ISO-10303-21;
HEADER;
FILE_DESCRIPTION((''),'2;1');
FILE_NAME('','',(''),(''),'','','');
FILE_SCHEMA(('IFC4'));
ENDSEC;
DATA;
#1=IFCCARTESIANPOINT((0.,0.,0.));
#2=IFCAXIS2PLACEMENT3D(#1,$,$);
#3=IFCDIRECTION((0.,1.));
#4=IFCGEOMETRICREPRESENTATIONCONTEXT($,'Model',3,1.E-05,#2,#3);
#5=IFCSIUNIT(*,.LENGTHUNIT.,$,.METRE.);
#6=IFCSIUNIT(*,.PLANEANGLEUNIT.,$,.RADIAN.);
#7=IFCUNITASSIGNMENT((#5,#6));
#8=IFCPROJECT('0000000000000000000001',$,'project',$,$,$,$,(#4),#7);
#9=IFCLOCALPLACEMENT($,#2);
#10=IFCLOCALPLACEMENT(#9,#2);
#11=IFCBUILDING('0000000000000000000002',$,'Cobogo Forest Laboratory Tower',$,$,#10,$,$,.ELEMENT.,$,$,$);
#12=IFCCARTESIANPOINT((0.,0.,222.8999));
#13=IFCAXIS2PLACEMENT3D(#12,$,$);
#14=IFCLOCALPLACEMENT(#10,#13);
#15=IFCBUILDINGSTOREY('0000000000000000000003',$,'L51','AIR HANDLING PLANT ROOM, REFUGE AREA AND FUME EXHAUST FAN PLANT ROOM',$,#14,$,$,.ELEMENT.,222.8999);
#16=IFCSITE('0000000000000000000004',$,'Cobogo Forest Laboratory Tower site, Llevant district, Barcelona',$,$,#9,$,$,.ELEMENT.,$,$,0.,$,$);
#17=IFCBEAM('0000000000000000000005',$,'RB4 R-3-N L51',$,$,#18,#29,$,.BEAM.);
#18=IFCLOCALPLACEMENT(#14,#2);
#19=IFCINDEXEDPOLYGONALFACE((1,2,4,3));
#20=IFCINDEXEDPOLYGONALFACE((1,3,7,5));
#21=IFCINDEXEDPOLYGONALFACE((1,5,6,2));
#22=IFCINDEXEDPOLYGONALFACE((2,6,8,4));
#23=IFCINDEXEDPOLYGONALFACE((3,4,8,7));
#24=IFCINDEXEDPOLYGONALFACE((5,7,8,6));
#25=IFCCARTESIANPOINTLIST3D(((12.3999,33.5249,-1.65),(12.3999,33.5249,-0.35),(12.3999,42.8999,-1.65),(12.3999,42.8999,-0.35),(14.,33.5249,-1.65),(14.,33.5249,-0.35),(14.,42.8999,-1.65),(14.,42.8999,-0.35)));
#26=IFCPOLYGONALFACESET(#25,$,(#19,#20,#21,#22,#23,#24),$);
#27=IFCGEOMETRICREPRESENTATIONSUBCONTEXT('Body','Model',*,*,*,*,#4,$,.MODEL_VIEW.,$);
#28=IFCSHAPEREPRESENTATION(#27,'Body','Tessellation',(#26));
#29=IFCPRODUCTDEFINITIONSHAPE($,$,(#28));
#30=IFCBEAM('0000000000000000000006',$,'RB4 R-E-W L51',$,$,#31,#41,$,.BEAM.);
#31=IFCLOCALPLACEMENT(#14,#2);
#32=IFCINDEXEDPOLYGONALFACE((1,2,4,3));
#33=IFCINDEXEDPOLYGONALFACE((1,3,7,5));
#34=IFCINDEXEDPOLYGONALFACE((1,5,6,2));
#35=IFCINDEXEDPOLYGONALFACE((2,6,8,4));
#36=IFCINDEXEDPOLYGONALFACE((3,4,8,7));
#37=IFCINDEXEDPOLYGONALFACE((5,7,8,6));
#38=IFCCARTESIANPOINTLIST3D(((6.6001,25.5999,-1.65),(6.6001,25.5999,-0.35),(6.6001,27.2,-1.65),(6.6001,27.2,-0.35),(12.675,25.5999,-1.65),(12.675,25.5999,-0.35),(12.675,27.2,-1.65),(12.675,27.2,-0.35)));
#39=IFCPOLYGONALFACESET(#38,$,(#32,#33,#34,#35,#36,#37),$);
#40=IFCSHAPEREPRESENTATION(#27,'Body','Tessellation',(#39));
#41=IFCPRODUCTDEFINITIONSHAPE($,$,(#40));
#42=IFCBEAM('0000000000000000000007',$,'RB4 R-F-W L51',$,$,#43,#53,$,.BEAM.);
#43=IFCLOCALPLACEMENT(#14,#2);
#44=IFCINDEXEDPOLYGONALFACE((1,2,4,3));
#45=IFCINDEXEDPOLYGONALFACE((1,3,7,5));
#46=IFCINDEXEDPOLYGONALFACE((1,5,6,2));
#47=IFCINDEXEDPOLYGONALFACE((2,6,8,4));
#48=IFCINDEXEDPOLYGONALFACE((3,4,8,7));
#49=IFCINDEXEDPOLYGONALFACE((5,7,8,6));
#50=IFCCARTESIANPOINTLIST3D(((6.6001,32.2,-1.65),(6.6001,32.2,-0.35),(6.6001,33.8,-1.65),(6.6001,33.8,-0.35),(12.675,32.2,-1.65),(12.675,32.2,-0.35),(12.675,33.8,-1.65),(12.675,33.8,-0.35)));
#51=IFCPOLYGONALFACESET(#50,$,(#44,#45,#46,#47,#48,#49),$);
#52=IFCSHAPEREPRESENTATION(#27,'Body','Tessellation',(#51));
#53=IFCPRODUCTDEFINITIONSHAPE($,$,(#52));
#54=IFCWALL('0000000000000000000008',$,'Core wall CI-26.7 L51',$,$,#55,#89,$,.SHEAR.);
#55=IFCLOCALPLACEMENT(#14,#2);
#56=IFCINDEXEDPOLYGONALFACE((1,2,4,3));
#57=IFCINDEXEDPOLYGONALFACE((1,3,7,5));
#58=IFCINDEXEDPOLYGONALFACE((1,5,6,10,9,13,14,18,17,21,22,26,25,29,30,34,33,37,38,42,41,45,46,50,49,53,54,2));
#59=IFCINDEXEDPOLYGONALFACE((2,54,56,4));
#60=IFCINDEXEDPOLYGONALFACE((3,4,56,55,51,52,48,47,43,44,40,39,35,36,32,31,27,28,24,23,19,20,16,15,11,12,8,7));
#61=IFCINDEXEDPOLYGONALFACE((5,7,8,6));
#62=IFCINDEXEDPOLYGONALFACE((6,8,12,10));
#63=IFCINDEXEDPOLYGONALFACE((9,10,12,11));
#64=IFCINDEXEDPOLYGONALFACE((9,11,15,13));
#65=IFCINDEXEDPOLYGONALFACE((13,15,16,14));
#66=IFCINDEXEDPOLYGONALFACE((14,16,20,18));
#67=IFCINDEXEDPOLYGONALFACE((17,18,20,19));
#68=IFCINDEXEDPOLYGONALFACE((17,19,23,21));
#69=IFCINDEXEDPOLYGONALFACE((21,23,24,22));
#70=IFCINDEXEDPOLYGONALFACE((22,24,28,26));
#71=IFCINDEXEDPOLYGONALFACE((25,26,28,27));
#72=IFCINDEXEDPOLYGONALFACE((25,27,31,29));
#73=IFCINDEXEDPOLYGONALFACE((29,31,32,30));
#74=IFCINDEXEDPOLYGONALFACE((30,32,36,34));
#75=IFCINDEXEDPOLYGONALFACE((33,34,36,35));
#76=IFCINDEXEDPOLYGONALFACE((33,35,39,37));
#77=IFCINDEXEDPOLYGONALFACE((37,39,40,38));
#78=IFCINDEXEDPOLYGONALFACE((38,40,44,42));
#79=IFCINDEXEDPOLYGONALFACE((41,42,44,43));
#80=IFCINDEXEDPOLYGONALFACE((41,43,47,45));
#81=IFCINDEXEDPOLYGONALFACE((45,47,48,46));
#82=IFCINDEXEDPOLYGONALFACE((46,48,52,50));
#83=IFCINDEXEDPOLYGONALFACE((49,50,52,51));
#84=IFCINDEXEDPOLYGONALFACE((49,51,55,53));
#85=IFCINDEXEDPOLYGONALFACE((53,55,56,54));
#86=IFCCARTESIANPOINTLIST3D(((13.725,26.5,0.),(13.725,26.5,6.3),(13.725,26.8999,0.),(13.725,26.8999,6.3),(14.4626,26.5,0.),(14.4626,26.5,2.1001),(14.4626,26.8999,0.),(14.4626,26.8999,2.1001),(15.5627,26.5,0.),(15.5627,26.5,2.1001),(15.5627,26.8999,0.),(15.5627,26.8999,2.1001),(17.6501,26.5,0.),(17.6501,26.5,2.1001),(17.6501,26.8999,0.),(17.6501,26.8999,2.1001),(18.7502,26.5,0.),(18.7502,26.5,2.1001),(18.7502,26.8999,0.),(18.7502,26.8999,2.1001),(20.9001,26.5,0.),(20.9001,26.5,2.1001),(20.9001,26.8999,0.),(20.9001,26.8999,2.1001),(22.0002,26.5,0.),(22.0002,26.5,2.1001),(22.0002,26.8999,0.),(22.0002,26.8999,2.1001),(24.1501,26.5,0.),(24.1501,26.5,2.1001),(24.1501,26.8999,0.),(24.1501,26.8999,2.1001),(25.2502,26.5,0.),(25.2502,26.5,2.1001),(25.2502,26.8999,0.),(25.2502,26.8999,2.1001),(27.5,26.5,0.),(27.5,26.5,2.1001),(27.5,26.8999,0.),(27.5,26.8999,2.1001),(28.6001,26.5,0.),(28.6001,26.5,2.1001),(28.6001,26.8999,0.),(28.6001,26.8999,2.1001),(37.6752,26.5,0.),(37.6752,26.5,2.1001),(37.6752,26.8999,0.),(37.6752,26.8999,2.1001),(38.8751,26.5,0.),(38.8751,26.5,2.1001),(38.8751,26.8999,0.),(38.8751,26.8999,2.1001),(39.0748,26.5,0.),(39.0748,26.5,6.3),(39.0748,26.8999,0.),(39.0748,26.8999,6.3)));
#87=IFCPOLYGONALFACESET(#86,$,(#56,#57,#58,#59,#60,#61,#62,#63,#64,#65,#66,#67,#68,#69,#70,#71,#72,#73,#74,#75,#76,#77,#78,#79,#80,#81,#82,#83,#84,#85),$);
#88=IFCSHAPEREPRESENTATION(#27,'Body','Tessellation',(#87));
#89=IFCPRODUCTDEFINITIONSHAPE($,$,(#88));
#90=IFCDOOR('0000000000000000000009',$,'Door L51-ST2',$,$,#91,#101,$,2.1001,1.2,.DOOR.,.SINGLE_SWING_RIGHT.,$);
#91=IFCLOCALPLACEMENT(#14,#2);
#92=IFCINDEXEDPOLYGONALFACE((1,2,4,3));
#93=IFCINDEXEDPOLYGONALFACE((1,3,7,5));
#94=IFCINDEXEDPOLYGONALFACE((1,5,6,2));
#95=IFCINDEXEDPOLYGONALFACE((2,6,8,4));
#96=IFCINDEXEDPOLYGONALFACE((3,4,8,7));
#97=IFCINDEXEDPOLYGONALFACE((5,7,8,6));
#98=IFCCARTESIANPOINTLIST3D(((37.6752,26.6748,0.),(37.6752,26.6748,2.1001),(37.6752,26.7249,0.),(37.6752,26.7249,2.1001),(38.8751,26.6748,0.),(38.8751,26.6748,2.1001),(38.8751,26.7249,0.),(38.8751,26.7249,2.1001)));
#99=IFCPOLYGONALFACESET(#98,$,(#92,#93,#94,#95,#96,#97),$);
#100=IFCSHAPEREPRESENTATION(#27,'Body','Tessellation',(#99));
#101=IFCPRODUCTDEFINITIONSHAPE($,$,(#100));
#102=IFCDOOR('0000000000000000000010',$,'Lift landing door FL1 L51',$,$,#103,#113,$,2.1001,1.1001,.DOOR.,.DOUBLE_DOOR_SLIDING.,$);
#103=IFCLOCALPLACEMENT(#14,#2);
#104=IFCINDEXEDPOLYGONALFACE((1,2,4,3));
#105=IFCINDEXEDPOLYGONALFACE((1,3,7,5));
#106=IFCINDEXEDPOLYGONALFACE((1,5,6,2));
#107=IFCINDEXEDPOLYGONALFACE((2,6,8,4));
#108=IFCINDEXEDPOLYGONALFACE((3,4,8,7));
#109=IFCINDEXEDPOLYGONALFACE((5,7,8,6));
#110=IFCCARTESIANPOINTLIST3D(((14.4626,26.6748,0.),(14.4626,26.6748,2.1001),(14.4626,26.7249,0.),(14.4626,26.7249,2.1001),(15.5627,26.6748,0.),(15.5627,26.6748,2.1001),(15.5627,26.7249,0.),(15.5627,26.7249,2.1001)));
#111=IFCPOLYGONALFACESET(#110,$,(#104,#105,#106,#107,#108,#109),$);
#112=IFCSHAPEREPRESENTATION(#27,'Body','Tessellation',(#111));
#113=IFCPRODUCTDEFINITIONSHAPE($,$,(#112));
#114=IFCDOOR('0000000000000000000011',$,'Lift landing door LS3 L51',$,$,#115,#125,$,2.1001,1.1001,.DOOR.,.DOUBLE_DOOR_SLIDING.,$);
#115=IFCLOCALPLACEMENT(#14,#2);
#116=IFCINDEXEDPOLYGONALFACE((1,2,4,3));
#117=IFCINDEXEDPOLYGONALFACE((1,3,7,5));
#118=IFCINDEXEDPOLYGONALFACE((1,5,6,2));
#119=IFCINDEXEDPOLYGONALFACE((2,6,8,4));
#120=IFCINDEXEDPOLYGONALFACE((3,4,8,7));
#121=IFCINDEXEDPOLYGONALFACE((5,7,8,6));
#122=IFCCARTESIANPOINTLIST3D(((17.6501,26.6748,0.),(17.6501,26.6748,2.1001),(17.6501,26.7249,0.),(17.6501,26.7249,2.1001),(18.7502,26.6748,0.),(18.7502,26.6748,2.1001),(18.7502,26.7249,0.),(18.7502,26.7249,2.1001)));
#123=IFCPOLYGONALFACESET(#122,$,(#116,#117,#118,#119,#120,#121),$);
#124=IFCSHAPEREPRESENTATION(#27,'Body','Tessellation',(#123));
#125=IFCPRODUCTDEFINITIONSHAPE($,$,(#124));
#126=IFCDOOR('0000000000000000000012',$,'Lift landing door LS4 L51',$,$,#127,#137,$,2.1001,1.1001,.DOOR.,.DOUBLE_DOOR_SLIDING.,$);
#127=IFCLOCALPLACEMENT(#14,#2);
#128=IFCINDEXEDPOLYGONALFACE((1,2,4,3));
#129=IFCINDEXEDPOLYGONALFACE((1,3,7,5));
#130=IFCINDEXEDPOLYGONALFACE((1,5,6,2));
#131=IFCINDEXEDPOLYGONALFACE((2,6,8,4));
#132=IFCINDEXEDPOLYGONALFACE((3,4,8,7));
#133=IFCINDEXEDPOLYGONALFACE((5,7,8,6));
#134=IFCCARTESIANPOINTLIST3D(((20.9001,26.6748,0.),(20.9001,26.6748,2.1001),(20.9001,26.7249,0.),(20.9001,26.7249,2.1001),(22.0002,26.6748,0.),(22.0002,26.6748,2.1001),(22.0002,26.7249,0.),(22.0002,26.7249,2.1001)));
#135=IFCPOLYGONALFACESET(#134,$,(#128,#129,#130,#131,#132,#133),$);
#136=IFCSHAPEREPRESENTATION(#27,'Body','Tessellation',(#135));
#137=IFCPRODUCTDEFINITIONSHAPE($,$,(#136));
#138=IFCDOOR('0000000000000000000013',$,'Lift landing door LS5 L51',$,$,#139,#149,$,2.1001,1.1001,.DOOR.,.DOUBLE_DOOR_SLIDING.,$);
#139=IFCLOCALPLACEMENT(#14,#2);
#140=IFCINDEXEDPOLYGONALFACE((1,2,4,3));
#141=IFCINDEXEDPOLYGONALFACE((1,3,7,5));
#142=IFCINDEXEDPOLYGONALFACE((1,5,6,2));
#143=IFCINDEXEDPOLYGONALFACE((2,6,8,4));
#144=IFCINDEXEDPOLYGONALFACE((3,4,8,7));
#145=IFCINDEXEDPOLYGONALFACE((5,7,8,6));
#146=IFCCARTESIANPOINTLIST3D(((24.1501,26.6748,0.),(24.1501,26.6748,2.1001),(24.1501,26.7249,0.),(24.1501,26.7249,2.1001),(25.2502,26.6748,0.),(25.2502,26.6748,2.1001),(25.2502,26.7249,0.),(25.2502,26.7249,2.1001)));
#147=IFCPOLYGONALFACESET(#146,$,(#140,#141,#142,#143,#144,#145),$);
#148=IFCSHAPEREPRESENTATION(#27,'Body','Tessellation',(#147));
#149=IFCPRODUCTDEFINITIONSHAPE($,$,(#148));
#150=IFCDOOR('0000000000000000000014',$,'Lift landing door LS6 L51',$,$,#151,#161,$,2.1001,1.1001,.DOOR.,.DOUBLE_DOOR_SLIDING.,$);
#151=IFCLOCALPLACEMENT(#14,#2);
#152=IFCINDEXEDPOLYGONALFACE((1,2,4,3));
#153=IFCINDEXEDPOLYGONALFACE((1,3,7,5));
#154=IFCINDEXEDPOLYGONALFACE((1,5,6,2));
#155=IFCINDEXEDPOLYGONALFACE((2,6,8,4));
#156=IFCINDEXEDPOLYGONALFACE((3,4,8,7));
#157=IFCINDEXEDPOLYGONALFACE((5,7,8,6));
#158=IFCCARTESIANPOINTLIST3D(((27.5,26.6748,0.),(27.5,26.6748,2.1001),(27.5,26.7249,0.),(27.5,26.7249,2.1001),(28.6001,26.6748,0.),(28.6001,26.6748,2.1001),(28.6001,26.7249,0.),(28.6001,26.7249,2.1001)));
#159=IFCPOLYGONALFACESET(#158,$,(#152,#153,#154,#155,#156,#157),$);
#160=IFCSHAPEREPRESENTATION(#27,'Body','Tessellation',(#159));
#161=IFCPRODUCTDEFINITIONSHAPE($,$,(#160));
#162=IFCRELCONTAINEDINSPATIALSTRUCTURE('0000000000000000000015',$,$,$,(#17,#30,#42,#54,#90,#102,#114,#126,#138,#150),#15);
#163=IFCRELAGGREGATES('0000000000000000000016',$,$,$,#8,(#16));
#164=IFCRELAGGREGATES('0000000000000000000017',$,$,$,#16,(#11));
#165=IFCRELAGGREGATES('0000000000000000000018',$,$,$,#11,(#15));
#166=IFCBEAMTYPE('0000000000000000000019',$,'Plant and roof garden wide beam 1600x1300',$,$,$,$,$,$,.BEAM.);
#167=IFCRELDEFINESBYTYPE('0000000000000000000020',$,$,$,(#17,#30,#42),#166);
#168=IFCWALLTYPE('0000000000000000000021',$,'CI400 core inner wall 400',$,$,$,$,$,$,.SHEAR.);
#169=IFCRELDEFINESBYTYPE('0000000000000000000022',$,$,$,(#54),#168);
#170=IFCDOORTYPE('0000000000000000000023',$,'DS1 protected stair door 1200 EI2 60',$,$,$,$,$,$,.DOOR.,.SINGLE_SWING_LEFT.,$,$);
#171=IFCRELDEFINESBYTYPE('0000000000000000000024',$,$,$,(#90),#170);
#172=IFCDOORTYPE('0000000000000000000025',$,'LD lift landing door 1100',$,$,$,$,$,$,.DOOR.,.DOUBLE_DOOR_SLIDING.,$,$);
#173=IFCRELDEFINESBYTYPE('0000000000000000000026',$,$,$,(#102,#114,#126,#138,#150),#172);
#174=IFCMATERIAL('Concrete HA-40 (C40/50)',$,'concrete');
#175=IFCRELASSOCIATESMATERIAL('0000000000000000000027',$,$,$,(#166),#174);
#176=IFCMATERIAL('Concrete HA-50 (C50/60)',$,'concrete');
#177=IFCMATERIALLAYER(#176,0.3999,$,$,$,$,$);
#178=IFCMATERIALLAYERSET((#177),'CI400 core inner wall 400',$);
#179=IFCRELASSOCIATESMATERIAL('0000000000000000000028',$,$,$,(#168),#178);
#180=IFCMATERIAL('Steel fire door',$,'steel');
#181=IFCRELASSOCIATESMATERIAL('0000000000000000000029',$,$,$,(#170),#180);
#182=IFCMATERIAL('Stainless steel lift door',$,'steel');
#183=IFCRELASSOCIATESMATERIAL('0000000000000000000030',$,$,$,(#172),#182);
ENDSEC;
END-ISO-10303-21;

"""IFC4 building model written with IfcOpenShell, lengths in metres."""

from ifc_helpers import new_model, si_unit, direction, frame, frame_2d, origin, origin_2d, place, context, subcontext, project, spatial, rectangle, extrude, material, layer, layer_set, material_profile, profile_set, type_object, element, fill, save


model = new_model("IFC4")

# Units and contexts
model_context = context("Model", 3, precision=1e-05, world=origin(), true_north=direction((0.0, 1.0)))
body_context = subcontext(model_context, "Body", "Model", "MODEL_VIEW")
ifc_project = project(units=[si_unit("LENGTHUNIT", "METRE"), si_unit("PLANEANGLEUNIT", "RADIAN")], contexts=[model_context])

# Site, building, storey
site_placement = place(None, origin())
site = spatial("IfcSite", under=ifc_project, at=site_placement, Name="Cobogo Forest Laboratory Tower site, Llevant district, Barcelona", CompositionType="ELEMENT", RefElevation=0.0)
building_placement = place(site_placement, origin())
building = spatial("IfcBuilding", under=site, at=building_placement, Name="Cobogo Forest Laboratory Tower", CompositionType="ELEMENT")
storey_placement = place(building_placement, frame((0.0, 0.0, 222.8999)))
storey = spatial("IfcBuildingStorey", under=building, at=storey_placement, Name="L51", Description="AIR HANDLING PLANT ROOM, REFUGE AREA AND FUME EXHAUST FAN PLANT ROOM", CompositionType="ELEMENT", Elevation=222.8999)

# Beams
ifc_material_1 = material(Name="Concrete HA-40 (C40/50)", Category="concrete")
ifc_material_profile = material_profile(ifc_material_1, rectangle(XDim=1.6001, YDim=1.3, at=origin_2d()), Name="RC 1600x1300")
ifc_profile_set = profile_set([ifc_material_profile], Name="Concrete HA-40 (C40/50)")
beam_type = type_object("IfcBeamType", Name="Plant and roof garden wide beam 1600x1300", PredefinedType="BEAM", material=ifc_profile_set)
beam_placement = place(storey_placement, frame((13.2, 33.5249, -1.0), z_axis=(0.0, 1.0, 0.0), x_axis=(-1.0, 0.0, 0.0)))
element("IfcBeam", 1, at=beam_placement, inside=storey, type_object=beam_type, Name="RB4 R-3-N L51", PredefinedType="BEAM", context=body_context, shape_type="SweptSolid", body=[
    extrude(rectangle(XDim=1.6001, YDim=1.3, at=origin_2d()), origin(), (0.0, 0.0, 1.0), 9.375),
])
for number, where, z_axis, x_axis, name in (
    (2, (12.675, 26.3999, -1.0), (-1.0, 0.0, 0.0), (0.0, -1.0, 0.0), "RB4 R-E-W L51"),
    (3, (12.675, 33.0, -1.0), (-1.0, 0.0, 0.0), (0.0, -1.0, 0.0), "RB4 R-F-W L51"),
):
    element("IfcBeam", number, at=place(storey_placement, frame(where, z_axis=z_axis, x_axis=x_axis)), inside=storey, type_object=beam_type, Name=name, PredefinedType="BEAM", context=body_context, shape_type="SweptSolid", body=[
        extrude(rectangle(XDim=1.6001, YDim=1.3, at=origin_2d()), origin(), (0.0, 0.0, 1.0), 6.075),
    ])

# Wall, openings, doors
ifc_material_2 = material(Name="Concrete HA-50 (C50/60)", Category="concrete")
ifc_layer_1 = layer(ifc_material_2, 0.3999)
ifc_layer_set_1 = layer_set([ifc_layer_1], Name="CI400 core inner wall 400")
wall_type_1 = type_object("IfcWallType", Name="CI400 core inner wall 400", PredefinedType="SHEAR", material=ifc_layer_set_1)
wall_1_placement = place(storey_placement, frame((13.7251, 26.7, 0.0), z_axis=(0.0, 0.0, 1.0), x_axis=(1.0, 0.0, 0.0)))
wall_1 = element("IfcWall", 4, at=wall_1_placement, inside=storey, type_object=wall_type_1, Name="Core wall CI-26.7 L51", PredefinedType="SHEAR", context=body_context, shape_type="SweptSolid", body=[
    extrude(rectangle(XDim=25.3499, YDim=0.3999, at=frame_2d((12.6748, 0.0))), origin(), (0.0, 0.0, 1.0), 6.3),
])
opening_1_placement = place(wall_1_placement, frame((23.95, 0.0, 0.0)))
opening_1 = element("IfcOpeningElement", 5, at=opening_1_placement, cuts=wall_1, PredefinedType="OPENING", context=body_context, shape_type="SweptSolid", body=[
    extrude(rectangle(XDim=1.2, YDim=2.1001, at=frame_2d((0.6001, 1.05))), frame((0.0, 0.21, 0.0), z_axis=(0.0, -1.0, 0.0), x_axis=(1.0, 0.0, 0.0)), (0.0, 0.0, 1.0), 0.4199),
])
opening_2_placement = place(wall_1_placement, frame((0.7375, 0.0, 0.0)))
opening_2 = element("IfcOpeningElement", 6, at=opening_2_placement, cuts=wall_1, PredefinedType="OPENING", context=body_context, shape_type="SweptSolid", body=[
    extrude(rectangle(XDim=1.1001, YDim=2.1001, at=frame_2d((0.55, 1.05))), frame((0.0, 0.21, 0.0), z_axis=(0.0, -1.0, 0.0), x_axis=(1.0, 0.0, 0.0)), (0.0, 0.0, 1.0), 0.4199),
])
opening_3_placement = place(wall_1_placement, frame((3.925, 0.0, 0.0)))
opening_3 = element("IfcOpeningElement", 7, at=opening_3_placement, cuts=wall_1, PredefinedType="OPENING", context=body_context, shape_type="SweptSolid", body=[
    extrude(rectangle(XDim=1.1001, YDim=2.1001, at=frame_2d((0.55, 1.05))), frame((0.0, 0.21, 0.0), z_axis=(0.0, -1.0, 0.0), x_axis=(1.0, 0.0, 0.0)), (0.0, 0.0, 1.0), 0.4199),
])
opening_4_placement = place(wall_1_placement, frame((7.175, 0.0, 0.0)))
opening_4 = element("IfcOpeningElement", 8, at=opening_4_placement, cuts=wall_1, PredefinedType="OPENING", context=body_context, shape_type="SweptSolid", body=[
    extrude(rectangle(XDim=1.1001, YDim=2.1001, at=frame_2d((0.55, 1.05))), frame((0.0, 0.21, 0.0), z_axis=(0.0, -1.0, 0.0), x_axis=(1.0, 0.0, 0.0)), (0.0, 0.0, 1.0), 0.4199),
])
opening_5_placement = place(wall_1_placement, frame((10.425, 0.0, 0.0)))
opening_5 = element("IfcOpeningElement", 9, at=opening_5_placement, cuts=wall_1, PredefinedType="OPENING", context=body_context, shape_type="SweptSolid", body=[
    extrude(rectangle(XDim=1.1001, YDim=2.1001, at=frame_2d((0.55, 1.05))), frame((0.0, 0.21, 0.0), z_axis=(0.0, -1.0, 0.0), x_axis=(1.0, 0.0, 0.0)), (0.0, 0.0, 1.0), 0.4199),
])
opening_6_placement = place(wall_1_placement, frame((13.7749, 0.0, 0.0)))
opening_6 = element("IfcOpeningElement", 10, at=opening_6_placement, cuts=wall_1, PredefinedType="OPENING", context=body_context, shape_type="SweptSolid", body=[
    extrude(rectangle(XDim=1.1001, YDim=2.1001, at=frame_2d((0.55, 1.05))), frame((0.0, 0.21, 0.0), z_axis=(0.0, -1.0, 0.0), x_axis=(1.0, 0.0, 0.0)), (0.0, 0.0, 1.0), 0.4199),
])
ifc_material_3 = material(Name="Steel fire door", Category="steel")
door_type_1 = type_object("IfcDoorType", Name="DS1 protected stair door 1200 EI2 60", OperationType="SINGLE_SWING_LEFT", PredefinedType="DOOR", material=ifc_material_3)
door_1_placement = place(opening_1_placement, origin())
door_1 = element("IfcDoor", 11, at=door_1_placement, inside=storey, type_object=door_type_1, Name="Door L51-ST2", OperationType="SINGLE_SWING_RIGHT", OverallHeight=2.1001, OverallWidth=1.2, PredefinedType="DOOR", context=body_context, shape_type="SweptSolid", body=[
    extrude(rectangle(XDim=1.2, YDim=2.1001, at=frame_2d((0.6001, 1.05))), frame((0.0, 0.0249, 0.0), z_axis=(0.0, -1.0, 0.0), x_axis=(1.0, 0.0, 0.0)), (0.0, 0.0, 1.0), 0.05),
])
fill(opening_1, door_1)
ifc_material_4 = material(Name="Stainless steel lift door", Category="steel")
door_type_2 = type_object("IfcDoorType", Name="LD lift landing door 1100", OperationType="DOUBLE_DOOR_SLIDING", PredefinedType="DOOR", material=ifc_material_4)
door_2_placement = place(opening_2_placement, origin())
door_2 = element("IfcDoor", 12, at=door_2_placement, inside=storey, type_object=door_type_2, Name="Lift landing door FL1 L51", OperationType="DOUBLE_DOOR_SLIDING", OverallHeight=2.1001, OverallWidth=1.1001, PredefinedType="DOOR", context=body_context, shape_type="SweptSolid", body=[
    extrude(rectangle(XDim=1.1001, YDim=2.1001, at=frame_2d((0.55, 1.05))), frame((0.0, 0.0249, 0.0), z_axis=(0.0, -1.0, 0.0), x_axis=(1.0, 0.0, 0.0)), (0.0, 0.0, 1.0), 0.05),
])
fill(opening_2, door_2)
door_3_placement = place(opening_3_placement, origin())
door_3 = element("IfcDoor", 13, at=door_3_placement, inside=storey, type_object=door_type_2, Name="Lift landing door LS3 L51", OperationType="DOUBLE_DOOR_SLIDING", OverallHeight=2.1001, OverallWidth=1.1001, PredefinedType="DOOR", context=body_context, shape_type="SweptSolid", body=[
    extrude(rectangle(XDim=1.1001, YDim=2.1001, at=frame_2d((0.55, 1.05))), frame((0.0, 0.0249, 0.0), z_axis=(0.0, -1.0, 0.0), x_axis=(1.0, 0.0, 0.0)), (0.0, 0.0, 1.0), 0.05),
])
fill(opening_3, door_3)
door_4_placement = place(opening_4_placement, origin())
door_4 = element("IfcDoor", 14, at=door_4_placement, inside=storey, type_object=door_type_2, Name="Lift landing door LS4 L51", OperationType="DOUBLE_DOOR_SLIDING", OverallHeight=2.1001, OverallWidth=1.1001, PredefinedType="DOOR", context=body_context, shape_type="SweptSolid", body=[
    extrude(rectangle(XDim=1.1001, YDim=2.1001, at=frame_2d((0.55, 1.05))), frame((0.0, 0.0249, 0.0), z_axis=(0.0, -1.0, 0.0), x_axis=(1.0, 0.0, 0.0)), (0.0, 0.0, 1.0), 0.05),
])
fill(opening_4, door_4)
door_5_placement = place(opening_5_placement, origin())
door_5 = element("IfcDoor", 15, at=door_5_placement, inside=storey, type_object=door_type_2, Name="Lift landing door LS5 L51", OperationType="DOUBLE_DOOR_SLIDING", OverallHeight=2.1001, OverallWidth=1.1001, PredefinedType="DOOR", context=body_context, shape_type="SweptSolid", body=[
    extrude(rectangle(XDim=1.1001, YDim=2.1001, at=frame_2d((0.55, 1.05))), frame((0.0, 0.0249, 0.0), z_axis=(0.0, -1.0, 0.0), x_axis=(1.0, 0.0, 0.0)), (0.0, 0.0, 1.0), 0.05),
])
fill(opening_5, door_5)
door_6_placement = place(opening_6_placement, origin())
door_6 = element("IfcDoor", 16, at=door_6_placement, inside=storey, type_object=door_type_2, Name="Lift landing door LS6 L51", OperationType="DOUBLE_DOOR_SLIDING", OverallHeight=2.1001, OverallWidth=1.1001, PredefinedType="DOOR", context=body_context, shape_type="SweptSolid", body=[
    extrude(rectangle(XDim=1.1001, YDim=2.1001, at=frame_2d((0.55, 1.05))), frame((0.0, 0.0249, 0.0), z_axis=(0.0, -1.0, 0.0), x_axis=(1.0, 0.0, 0.0)), (0.0, 0.0, 1.0), 0.05),
])
fill(opening_6, door_6)

save(model, "model.ifc")
